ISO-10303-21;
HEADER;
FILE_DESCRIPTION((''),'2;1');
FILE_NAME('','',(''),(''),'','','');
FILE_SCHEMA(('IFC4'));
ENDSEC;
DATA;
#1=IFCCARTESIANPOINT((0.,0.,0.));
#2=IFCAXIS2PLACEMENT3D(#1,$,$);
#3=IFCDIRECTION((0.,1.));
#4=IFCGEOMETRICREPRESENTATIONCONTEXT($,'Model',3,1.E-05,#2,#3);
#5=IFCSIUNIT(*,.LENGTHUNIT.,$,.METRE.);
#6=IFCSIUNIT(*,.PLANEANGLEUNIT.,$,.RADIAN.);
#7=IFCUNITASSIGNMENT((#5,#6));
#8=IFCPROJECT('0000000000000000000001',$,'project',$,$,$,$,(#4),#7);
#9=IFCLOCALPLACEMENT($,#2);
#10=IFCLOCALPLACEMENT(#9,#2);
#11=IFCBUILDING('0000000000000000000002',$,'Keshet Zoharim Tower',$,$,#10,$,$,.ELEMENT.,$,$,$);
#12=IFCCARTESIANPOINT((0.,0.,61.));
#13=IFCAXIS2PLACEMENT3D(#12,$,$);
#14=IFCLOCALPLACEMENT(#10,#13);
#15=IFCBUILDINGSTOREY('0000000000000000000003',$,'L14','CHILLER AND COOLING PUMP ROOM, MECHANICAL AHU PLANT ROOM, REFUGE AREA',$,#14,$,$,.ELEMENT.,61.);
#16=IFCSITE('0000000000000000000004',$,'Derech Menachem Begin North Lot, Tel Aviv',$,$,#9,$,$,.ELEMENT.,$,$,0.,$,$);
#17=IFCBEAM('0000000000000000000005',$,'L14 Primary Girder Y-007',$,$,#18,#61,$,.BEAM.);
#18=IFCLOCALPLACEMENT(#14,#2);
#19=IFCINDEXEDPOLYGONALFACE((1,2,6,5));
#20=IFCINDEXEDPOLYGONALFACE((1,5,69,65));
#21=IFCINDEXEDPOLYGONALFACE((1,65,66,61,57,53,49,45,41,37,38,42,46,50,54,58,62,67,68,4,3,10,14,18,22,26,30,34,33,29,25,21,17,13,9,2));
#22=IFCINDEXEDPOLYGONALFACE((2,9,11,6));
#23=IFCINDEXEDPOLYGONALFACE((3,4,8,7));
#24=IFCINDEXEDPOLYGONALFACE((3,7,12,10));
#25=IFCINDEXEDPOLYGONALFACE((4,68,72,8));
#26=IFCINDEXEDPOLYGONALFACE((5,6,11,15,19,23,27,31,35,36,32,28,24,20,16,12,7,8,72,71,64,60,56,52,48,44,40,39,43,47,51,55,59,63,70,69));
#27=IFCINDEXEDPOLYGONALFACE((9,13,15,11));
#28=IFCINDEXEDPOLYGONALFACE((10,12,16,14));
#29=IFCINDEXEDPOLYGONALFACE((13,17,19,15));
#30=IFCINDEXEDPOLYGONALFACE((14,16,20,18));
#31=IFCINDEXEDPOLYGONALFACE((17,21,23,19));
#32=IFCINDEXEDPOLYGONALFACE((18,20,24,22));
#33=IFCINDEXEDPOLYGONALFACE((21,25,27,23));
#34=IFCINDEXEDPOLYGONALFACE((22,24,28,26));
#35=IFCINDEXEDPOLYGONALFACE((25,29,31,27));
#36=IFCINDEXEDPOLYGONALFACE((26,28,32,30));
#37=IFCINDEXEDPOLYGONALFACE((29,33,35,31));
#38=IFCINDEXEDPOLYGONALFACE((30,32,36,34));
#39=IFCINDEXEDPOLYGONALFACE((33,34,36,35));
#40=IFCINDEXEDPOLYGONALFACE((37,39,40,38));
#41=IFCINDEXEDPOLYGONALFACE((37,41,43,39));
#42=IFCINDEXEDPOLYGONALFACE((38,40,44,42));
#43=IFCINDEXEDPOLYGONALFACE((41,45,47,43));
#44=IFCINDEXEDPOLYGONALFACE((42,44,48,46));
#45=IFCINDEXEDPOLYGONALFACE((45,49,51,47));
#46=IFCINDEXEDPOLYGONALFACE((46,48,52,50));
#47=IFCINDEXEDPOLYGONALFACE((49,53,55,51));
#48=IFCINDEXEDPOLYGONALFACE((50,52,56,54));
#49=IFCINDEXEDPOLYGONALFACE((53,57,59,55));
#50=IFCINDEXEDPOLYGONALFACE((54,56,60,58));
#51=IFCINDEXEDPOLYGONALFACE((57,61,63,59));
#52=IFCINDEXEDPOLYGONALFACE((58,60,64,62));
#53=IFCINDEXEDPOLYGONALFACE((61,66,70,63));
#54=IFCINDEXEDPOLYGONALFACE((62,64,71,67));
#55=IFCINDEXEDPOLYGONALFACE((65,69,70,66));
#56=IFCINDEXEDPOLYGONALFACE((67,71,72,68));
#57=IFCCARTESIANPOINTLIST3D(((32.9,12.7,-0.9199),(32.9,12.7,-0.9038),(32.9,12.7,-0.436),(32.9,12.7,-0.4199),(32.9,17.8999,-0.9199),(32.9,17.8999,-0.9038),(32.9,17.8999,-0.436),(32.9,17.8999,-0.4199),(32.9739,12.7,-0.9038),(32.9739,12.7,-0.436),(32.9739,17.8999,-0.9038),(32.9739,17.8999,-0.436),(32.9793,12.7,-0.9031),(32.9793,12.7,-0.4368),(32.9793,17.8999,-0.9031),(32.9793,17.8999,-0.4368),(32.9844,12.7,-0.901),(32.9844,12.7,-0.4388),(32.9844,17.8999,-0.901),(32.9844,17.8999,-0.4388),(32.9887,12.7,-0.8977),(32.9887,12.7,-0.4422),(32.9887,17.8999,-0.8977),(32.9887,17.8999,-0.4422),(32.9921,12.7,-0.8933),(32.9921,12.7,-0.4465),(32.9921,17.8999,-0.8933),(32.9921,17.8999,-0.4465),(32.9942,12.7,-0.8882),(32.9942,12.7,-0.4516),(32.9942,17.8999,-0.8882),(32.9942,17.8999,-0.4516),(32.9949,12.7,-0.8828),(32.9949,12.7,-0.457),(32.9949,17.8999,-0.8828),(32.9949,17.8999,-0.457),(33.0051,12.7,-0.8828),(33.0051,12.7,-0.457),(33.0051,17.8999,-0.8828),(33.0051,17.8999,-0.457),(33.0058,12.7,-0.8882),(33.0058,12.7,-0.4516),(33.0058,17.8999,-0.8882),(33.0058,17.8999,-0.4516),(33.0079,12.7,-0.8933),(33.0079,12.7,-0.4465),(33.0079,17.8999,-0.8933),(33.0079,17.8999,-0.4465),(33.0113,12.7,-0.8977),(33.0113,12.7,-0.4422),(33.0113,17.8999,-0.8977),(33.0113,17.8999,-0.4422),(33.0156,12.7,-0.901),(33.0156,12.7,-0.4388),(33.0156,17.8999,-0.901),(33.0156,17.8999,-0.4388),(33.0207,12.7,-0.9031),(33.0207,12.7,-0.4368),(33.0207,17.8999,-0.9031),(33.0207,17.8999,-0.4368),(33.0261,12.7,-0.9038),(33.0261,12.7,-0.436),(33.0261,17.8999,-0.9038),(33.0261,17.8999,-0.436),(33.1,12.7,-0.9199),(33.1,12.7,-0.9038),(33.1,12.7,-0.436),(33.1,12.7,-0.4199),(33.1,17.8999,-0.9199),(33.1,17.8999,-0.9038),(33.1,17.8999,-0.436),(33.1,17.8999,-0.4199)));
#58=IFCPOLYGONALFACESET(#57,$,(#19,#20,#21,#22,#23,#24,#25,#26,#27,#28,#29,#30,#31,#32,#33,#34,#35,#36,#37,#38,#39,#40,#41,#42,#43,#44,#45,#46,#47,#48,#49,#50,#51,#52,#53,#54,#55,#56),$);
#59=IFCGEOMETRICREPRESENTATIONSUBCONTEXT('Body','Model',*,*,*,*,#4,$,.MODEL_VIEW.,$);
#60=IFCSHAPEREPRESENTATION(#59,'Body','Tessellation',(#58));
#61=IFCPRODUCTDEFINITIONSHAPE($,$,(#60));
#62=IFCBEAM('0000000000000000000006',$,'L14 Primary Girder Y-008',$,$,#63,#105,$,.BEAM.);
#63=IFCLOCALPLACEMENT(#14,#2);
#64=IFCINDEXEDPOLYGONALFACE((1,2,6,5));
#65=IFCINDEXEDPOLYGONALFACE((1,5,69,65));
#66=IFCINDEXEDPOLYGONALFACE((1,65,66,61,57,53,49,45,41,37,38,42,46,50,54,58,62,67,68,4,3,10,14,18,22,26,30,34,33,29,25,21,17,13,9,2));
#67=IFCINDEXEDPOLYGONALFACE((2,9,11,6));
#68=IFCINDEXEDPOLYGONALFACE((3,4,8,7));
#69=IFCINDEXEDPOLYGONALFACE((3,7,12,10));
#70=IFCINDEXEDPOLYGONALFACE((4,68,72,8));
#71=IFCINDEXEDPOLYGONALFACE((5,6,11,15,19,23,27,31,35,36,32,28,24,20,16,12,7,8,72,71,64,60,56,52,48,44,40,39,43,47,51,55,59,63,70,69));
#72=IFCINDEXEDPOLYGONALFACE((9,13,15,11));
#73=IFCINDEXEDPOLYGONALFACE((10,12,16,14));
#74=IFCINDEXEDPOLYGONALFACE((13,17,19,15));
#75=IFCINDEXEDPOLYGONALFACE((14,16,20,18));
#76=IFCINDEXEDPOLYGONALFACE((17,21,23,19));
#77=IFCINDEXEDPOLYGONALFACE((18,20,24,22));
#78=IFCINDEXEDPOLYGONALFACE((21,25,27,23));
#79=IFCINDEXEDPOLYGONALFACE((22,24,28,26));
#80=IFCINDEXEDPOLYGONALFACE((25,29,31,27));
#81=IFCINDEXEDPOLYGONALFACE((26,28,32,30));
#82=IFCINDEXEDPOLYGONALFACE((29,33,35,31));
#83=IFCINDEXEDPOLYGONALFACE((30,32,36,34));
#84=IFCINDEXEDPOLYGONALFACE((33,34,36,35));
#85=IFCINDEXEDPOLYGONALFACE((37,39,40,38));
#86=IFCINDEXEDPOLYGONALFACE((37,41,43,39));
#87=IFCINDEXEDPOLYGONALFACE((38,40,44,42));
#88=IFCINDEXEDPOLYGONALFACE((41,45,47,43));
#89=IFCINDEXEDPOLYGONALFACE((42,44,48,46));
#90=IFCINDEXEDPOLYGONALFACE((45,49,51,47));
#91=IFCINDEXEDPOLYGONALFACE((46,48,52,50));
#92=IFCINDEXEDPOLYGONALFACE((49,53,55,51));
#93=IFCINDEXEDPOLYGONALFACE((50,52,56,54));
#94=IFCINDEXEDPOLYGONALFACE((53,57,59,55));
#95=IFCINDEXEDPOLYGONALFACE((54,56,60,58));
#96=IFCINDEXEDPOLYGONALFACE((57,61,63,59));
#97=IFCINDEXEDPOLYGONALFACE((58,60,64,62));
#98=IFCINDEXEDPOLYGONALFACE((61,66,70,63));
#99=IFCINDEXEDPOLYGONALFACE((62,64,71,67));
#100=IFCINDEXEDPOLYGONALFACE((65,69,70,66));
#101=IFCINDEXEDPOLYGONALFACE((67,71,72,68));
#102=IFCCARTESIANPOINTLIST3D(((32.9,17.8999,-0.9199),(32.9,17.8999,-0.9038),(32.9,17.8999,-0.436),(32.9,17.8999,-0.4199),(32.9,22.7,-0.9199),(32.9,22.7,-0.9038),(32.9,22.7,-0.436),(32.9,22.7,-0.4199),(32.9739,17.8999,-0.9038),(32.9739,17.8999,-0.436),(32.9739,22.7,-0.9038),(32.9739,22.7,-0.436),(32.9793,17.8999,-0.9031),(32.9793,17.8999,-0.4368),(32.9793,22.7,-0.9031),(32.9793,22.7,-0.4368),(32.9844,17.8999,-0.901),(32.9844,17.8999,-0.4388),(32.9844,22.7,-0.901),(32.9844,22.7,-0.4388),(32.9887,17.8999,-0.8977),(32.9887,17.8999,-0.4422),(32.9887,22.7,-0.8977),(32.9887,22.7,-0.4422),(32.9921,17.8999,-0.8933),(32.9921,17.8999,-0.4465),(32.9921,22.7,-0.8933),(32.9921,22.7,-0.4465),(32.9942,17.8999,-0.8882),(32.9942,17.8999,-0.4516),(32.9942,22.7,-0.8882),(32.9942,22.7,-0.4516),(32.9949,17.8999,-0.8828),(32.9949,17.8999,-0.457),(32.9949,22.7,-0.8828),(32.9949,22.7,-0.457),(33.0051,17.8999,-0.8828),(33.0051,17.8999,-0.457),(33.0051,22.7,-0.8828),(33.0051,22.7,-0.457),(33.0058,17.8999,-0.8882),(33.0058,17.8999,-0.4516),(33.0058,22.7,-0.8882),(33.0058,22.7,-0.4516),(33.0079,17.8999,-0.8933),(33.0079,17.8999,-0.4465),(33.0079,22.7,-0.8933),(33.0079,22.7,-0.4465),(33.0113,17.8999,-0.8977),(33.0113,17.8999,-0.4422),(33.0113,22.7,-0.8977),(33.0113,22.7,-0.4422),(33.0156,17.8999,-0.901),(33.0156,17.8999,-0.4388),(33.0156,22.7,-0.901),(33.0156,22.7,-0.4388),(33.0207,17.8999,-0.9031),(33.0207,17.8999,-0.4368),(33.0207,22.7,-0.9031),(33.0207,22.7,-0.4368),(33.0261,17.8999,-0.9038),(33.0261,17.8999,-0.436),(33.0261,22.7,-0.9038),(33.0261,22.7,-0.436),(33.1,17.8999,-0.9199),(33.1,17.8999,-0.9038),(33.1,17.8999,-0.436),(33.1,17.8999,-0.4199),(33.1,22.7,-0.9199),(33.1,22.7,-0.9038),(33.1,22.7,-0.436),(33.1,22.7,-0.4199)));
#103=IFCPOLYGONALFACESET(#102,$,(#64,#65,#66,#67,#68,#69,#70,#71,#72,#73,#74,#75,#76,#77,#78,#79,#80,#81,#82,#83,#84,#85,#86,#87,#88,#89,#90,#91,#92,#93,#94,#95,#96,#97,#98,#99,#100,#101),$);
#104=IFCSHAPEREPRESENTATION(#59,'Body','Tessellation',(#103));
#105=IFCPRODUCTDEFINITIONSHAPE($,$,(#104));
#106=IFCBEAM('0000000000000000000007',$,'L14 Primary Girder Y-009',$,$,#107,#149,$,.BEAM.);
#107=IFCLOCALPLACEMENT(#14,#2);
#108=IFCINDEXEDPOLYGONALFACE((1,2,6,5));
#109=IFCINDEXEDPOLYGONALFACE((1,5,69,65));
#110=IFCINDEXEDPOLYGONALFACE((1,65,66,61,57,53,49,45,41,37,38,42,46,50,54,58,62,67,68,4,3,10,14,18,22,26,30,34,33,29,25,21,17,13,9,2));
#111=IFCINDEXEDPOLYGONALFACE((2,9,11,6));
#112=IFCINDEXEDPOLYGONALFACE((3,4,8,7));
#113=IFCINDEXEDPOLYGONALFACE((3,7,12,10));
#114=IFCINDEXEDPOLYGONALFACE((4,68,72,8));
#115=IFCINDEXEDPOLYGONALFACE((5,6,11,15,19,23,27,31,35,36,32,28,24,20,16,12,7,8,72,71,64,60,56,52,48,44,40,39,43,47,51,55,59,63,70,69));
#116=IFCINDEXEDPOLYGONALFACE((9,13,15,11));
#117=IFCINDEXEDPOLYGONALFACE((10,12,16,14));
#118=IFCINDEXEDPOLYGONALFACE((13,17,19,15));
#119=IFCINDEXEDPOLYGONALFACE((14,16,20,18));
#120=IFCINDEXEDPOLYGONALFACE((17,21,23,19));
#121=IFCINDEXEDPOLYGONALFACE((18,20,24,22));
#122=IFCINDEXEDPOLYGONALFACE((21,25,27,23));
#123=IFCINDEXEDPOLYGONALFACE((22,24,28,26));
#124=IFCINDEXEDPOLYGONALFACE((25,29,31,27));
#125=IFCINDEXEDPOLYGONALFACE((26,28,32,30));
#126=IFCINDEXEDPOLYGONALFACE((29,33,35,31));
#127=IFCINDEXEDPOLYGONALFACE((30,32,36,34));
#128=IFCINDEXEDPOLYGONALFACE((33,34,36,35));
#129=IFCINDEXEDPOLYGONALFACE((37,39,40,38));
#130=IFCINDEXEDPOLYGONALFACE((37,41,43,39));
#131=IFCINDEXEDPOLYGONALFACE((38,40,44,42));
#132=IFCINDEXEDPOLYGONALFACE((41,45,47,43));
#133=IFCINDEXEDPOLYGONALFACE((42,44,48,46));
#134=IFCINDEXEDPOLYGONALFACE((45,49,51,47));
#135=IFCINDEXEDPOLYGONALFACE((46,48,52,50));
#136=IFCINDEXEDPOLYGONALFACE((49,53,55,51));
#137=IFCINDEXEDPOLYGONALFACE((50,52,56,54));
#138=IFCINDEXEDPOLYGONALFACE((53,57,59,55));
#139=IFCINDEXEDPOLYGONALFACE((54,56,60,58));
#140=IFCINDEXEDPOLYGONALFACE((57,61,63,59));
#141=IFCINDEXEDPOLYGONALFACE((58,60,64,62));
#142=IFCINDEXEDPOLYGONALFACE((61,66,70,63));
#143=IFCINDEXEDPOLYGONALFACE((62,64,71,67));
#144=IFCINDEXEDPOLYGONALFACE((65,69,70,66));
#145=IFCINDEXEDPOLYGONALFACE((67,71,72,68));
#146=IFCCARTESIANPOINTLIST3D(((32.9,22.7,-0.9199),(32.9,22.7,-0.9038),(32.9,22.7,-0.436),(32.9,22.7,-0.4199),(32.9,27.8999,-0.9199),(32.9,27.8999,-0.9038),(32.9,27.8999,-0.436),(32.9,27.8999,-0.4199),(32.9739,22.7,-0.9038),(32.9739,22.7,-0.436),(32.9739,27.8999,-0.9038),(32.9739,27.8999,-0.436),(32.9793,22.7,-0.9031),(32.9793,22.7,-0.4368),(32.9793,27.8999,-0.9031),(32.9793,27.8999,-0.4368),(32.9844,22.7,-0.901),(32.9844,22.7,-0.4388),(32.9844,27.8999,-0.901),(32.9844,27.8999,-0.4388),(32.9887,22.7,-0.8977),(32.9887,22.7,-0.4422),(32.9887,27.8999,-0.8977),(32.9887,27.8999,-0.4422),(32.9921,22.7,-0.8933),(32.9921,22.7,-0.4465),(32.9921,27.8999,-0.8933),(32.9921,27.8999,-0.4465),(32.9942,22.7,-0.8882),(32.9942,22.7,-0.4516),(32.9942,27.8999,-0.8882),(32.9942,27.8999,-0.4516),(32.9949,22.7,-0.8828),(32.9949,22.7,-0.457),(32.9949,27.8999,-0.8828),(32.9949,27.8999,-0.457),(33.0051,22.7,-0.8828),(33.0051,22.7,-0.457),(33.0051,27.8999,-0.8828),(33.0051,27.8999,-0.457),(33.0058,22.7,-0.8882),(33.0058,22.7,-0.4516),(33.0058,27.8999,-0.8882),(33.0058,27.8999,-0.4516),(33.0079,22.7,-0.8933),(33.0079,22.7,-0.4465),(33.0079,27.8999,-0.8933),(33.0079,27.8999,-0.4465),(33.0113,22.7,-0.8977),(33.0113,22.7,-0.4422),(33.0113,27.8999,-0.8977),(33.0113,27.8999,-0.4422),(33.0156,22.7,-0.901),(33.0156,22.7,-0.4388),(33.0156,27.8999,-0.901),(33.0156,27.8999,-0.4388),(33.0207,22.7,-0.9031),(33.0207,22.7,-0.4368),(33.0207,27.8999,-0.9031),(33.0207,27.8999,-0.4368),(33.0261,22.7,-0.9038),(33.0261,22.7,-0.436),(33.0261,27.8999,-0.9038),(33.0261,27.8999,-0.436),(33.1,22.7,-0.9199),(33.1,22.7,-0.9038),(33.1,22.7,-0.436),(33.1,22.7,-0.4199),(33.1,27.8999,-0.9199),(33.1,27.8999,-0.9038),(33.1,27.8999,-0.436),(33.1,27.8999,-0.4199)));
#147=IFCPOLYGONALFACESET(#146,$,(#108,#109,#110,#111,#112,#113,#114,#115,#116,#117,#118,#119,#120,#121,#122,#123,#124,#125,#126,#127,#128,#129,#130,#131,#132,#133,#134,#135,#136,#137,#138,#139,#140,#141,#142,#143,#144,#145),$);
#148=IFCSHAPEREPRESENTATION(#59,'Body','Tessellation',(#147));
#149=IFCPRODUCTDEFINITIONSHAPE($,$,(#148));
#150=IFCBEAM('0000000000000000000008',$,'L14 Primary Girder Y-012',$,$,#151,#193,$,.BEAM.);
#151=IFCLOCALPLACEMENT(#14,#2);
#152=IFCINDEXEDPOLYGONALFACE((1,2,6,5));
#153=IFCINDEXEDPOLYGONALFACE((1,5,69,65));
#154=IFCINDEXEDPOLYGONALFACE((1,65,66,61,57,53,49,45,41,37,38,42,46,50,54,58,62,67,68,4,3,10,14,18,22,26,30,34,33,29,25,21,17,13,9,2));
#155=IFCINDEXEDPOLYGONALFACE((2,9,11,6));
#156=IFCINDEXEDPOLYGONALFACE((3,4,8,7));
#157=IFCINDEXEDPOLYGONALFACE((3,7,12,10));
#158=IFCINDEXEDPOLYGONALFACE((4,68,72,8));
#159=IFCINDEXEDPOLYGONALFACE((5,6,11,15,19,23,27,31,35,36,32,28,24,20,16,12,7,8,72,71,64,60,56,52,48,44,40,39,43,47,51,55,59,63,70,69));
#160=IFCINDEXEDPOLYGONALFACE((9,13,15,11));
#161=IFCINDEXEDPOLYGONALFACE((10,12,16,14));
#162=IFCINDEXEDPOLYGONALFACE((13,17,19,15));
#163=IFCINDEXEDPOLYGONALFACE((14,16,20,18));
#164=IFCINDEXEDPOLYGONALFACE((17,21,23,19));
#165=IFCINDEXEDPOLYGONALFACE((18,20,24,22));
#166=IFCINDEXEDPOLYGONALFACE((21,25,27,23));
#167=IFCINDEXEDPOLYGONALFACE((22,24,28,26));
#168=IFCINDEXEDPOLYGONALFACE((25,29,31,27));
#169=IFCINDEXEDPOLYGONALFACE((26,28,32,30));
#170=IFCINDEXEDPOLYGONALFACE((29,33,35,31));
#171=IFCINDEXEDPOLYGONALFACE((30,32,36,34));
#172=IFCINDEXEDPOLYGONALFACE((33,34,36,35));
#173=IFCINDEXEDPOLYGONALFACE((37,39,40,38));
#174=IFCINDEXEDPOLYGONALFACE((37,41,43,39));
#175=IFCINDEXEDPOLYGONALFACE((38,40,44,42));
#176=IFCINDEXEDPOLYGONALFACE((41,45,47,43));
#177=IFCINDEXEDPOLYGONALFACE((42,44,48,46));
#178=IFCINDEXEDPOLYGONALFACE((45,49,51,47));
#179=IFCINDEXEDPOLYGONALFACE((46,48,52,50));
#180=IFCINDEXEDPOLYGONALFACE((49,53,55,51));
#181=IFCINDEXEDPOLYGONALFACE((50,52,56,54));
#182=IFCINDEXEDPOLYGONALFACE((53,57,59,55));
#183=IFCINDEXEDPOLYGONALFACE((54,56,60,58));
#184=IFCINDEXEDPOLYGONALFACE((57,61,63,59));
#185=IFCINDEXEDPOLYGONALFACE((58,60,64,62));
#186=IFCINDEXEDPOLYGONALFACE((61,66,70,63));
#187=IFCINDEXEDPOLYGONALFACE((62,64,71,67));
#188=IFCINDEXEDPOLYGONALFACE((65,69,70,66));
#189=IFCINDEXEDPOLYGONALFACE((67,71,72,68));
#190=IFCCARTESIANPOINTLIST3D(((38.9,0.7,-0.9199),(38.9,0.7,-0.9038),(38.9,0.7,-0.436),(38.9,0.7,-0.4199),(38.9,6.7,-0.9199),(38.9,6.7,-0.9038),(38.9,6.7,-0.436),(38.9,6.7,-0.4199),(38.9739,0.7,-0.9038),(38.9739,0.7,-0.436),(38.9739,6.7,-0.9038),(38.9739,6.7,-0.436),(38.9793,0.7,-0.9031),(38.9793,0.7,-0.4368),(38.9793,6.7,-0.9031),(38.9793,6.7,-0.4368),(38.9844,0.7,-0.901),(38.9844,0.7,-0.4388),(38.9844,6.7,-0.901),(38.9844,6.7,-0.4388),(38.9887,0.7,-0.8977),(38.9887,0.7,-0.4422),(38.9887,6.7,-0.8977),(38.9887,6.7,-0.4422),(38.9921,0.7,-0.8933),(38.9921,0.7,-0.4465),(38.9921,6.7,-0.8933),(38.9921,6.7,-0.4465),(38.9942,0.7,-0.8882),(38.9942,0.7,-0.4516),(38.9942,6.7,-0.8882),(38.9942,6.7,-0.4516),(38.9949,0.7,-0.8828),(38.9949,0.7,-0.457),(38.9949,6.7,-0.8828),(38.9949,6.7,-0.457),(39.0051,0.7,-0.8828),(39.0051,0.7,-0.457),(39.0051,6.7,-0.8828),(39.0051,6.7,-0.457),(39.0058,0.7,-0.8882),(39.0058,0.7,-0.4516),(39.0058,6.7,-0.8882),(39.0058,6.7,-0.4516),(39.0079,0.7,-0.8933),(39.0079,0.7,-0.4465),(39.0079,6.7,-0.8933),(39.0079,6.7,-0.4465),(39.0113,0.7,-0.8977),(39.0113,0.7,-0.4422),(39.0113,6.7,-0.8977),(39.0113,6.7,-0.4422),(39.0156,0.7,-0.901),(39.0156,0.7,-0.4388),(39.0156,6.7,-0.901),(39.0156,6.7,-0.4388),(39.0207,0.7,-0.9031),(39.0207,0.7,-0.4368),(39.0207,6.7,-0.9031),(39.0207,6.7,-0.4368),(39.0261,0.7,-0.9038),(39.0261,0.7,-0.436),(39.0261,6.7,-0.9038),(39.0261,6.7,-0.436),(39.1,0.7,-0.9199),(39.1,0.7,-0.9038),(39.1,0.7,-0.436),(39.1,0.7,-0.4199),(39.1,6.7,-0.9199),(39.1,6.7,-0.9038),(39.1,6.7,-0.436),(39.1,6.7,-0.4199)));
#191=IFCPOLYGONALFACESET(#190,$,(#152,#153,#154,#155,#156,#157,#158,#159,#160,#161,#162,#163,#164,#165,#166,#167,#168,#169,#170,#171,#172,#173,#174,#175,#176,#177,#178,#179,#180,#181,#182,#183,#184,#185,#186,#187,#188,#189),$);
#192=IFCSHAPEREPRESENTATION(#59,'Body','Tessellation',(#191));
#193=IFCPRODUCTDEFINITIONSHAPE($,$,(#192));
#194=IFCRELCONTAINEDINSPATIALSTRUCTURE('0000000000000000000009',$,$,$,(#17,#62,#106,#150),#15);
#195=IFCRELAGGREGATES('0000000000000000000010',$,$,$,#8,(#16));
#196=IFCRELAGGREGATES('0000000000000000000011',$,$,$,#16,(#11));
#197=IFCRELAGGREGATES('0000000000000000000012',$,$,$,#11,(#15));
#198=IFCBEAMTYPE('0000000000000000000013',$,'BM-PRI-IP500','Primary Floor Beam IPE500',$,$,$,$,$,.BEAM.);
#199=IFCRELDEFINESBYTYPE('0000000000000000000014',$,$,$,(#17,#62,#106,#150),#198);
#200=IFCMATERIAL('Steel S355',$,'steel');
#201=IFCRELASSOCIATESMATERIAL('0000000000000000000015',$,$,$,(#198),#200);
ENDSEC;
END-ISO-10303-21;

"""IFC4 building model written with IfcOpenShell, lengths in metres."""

from ifc_helpers import new_model, si_unit, direction, frame, origin, origin_2d, place, context, subcontext, project, spatial, i_section, extrude, material, material_profile, profile_set, type_object, element, save


model = new_model("IFC4")

# Units and contexts
model_context = context("Model", 3, precision=1e-05, world=origin(), true_north=direction((0.0, 1.0)))
body_context = subcontext(model_context, "Body", "Model", "MODEL_VIEW")
ifc_project = project(units=[si_unit("LENGTHUNIT", "METRE"), si_unit("PLANEANGLEUNIT", "RADIAN")], contexts=[model_context])

# Site, building, storey
site_placement = place(None, origin())
site = spatial("IfcSite", under=ifc_project, at=site_placement, Name="Derech Menachem Begin North Lot, Tel Aviv", CompositionType="ELEMENT", RefElevation=0.0)
building_placement = place(site_placement, origin())
building = spatial("IfcBuilding", under=site, at=building_placement, Name="Keshet Zoharim Tower", CompositionType="ELEMENT")
storey_placement = place(building_placement, frame((0.0, 0.0, 61.0)))
storey = spatial("IfcBuildingStorey", under=building, at=storey_placement, Name="L14", Description="CHILLER AND COOLING PUMP ROOM, MECHANICAL AHU PLANT ROOM, REFUGE AREA", CompositionType="ELEMENT", Elevation=61.0)

# Shared definitions
ifc_material_1 = material(Name="Steel S355", Category="steel")

# Beams
ifc_material_profile_1 = material_profile(ifc_material_1, i_section(OverallWidth=0.2, OverallDepth=0.5, WebThickness=0.0103, FlangeThickness=0.0161, FilletRadius=0.021, at=origin_2d()), Name="IPE500")
ifc_profile_set_1 = profile_set([ifc_material_profile_1], Name="Steel S355")
beam_type_1 = type_object("IfcBeamType", Name="BM-PRI-IP500", Description="Primary Floor Beam IPE500", PredefinedType="BEAM", material=ifc_profile_set_1)
beam_1_placement = place(storey_placement, frame((33.0, 12.7, -0.6699), z_axis=(0.0, 1.0, 0.0), x_axis=(-1.0, 0.0, 0.0)))
element("IfcBeam", 1, at=beam_1_placement, inside=storey, type_object=beam_type_1, Name="L14 Primary Girder Y-007", PredefinedType="BEAM", context=body_context, shape_type="SweptSolid", body=[
    extrude(i_section(OverallWidth=0.2, OverallDepth=0.5, WebThickness=0.0103, FlangeThickness=0.0161, FilletRadius=0.021, at=origin_2d()), origin(), (0.0, 0.0, 1.0), 5.2),
])
beam_2_placement = place(storey_placement, frame((33.0, 17.8999, -0.6699), z_axis=(0.0, 1.0, 0.0), x_axis=(-1.0, 0.0, 0.0)))
element("IfcBeam", 2, at=beam_2_placement, inside=storey, type_object=beam_type_1, Name="L14 Primary Girder Y-008", PredefinedType="BEAM", context=body_context, shape_type="SweptSolid", body=[
    extrude(i_section(OverallWidth=0.2, OverallDepth=0.5, WebThickness=0.0103, FlangeThickness=0.0161, FilletRadius=0.021, at=origin_2d()), origin(), (0.0, 0.0, 1.0), 4.8),
])
beam_3_placement = place(storey_placement, frame((33.0, 22.7, -0.6699), z_axis=(0.0, 1.0, 0.0), x_axis=(-1.0, 0.0, 0.0)))
element("IfcBeam", 3, at=beam_3_placement, inside=storey, type_object=beam_type_1, Name="L14 Primary Girder Y-009", PredefinedType="BEAM", context=body_context, shape_type="SweptSolid", body=[
    extrude(i_section(OverallWidth=0.2, OverallDepth=0.5, WebThickness=0.0103, FlangeThickness=0.0161, FilletRadius=0.021, at=origin_2d()), origin(), (0.0, 0.0, 1.0), 5.2),
])
beam_4_placement = place(storey_placement, frame((39.0, 0.7, -0.6699), z_axis=(0.0, 1.0, 0.0), x_axis=(-1.0, 0.0, 0.0)))
element("IfcBeam", 4, at=beam_4_placement, inside=storey, type_object=beam_type_1, Name="L14 Primary Girder Y-012", PredefinedType="BEAM", context=body_context, shape_type="SweptSolid", body=[
    extrude(i_section(OverallWidth=0.2, OverallDepth=0.5, WebThickness=0.0103, FlangeThickness=0.0161, FilletRadius=0.021, at=origin_2d()), origin(), (0.0, 0.0, 1.0), 6.0),
])

save(model, "model.ifc")
